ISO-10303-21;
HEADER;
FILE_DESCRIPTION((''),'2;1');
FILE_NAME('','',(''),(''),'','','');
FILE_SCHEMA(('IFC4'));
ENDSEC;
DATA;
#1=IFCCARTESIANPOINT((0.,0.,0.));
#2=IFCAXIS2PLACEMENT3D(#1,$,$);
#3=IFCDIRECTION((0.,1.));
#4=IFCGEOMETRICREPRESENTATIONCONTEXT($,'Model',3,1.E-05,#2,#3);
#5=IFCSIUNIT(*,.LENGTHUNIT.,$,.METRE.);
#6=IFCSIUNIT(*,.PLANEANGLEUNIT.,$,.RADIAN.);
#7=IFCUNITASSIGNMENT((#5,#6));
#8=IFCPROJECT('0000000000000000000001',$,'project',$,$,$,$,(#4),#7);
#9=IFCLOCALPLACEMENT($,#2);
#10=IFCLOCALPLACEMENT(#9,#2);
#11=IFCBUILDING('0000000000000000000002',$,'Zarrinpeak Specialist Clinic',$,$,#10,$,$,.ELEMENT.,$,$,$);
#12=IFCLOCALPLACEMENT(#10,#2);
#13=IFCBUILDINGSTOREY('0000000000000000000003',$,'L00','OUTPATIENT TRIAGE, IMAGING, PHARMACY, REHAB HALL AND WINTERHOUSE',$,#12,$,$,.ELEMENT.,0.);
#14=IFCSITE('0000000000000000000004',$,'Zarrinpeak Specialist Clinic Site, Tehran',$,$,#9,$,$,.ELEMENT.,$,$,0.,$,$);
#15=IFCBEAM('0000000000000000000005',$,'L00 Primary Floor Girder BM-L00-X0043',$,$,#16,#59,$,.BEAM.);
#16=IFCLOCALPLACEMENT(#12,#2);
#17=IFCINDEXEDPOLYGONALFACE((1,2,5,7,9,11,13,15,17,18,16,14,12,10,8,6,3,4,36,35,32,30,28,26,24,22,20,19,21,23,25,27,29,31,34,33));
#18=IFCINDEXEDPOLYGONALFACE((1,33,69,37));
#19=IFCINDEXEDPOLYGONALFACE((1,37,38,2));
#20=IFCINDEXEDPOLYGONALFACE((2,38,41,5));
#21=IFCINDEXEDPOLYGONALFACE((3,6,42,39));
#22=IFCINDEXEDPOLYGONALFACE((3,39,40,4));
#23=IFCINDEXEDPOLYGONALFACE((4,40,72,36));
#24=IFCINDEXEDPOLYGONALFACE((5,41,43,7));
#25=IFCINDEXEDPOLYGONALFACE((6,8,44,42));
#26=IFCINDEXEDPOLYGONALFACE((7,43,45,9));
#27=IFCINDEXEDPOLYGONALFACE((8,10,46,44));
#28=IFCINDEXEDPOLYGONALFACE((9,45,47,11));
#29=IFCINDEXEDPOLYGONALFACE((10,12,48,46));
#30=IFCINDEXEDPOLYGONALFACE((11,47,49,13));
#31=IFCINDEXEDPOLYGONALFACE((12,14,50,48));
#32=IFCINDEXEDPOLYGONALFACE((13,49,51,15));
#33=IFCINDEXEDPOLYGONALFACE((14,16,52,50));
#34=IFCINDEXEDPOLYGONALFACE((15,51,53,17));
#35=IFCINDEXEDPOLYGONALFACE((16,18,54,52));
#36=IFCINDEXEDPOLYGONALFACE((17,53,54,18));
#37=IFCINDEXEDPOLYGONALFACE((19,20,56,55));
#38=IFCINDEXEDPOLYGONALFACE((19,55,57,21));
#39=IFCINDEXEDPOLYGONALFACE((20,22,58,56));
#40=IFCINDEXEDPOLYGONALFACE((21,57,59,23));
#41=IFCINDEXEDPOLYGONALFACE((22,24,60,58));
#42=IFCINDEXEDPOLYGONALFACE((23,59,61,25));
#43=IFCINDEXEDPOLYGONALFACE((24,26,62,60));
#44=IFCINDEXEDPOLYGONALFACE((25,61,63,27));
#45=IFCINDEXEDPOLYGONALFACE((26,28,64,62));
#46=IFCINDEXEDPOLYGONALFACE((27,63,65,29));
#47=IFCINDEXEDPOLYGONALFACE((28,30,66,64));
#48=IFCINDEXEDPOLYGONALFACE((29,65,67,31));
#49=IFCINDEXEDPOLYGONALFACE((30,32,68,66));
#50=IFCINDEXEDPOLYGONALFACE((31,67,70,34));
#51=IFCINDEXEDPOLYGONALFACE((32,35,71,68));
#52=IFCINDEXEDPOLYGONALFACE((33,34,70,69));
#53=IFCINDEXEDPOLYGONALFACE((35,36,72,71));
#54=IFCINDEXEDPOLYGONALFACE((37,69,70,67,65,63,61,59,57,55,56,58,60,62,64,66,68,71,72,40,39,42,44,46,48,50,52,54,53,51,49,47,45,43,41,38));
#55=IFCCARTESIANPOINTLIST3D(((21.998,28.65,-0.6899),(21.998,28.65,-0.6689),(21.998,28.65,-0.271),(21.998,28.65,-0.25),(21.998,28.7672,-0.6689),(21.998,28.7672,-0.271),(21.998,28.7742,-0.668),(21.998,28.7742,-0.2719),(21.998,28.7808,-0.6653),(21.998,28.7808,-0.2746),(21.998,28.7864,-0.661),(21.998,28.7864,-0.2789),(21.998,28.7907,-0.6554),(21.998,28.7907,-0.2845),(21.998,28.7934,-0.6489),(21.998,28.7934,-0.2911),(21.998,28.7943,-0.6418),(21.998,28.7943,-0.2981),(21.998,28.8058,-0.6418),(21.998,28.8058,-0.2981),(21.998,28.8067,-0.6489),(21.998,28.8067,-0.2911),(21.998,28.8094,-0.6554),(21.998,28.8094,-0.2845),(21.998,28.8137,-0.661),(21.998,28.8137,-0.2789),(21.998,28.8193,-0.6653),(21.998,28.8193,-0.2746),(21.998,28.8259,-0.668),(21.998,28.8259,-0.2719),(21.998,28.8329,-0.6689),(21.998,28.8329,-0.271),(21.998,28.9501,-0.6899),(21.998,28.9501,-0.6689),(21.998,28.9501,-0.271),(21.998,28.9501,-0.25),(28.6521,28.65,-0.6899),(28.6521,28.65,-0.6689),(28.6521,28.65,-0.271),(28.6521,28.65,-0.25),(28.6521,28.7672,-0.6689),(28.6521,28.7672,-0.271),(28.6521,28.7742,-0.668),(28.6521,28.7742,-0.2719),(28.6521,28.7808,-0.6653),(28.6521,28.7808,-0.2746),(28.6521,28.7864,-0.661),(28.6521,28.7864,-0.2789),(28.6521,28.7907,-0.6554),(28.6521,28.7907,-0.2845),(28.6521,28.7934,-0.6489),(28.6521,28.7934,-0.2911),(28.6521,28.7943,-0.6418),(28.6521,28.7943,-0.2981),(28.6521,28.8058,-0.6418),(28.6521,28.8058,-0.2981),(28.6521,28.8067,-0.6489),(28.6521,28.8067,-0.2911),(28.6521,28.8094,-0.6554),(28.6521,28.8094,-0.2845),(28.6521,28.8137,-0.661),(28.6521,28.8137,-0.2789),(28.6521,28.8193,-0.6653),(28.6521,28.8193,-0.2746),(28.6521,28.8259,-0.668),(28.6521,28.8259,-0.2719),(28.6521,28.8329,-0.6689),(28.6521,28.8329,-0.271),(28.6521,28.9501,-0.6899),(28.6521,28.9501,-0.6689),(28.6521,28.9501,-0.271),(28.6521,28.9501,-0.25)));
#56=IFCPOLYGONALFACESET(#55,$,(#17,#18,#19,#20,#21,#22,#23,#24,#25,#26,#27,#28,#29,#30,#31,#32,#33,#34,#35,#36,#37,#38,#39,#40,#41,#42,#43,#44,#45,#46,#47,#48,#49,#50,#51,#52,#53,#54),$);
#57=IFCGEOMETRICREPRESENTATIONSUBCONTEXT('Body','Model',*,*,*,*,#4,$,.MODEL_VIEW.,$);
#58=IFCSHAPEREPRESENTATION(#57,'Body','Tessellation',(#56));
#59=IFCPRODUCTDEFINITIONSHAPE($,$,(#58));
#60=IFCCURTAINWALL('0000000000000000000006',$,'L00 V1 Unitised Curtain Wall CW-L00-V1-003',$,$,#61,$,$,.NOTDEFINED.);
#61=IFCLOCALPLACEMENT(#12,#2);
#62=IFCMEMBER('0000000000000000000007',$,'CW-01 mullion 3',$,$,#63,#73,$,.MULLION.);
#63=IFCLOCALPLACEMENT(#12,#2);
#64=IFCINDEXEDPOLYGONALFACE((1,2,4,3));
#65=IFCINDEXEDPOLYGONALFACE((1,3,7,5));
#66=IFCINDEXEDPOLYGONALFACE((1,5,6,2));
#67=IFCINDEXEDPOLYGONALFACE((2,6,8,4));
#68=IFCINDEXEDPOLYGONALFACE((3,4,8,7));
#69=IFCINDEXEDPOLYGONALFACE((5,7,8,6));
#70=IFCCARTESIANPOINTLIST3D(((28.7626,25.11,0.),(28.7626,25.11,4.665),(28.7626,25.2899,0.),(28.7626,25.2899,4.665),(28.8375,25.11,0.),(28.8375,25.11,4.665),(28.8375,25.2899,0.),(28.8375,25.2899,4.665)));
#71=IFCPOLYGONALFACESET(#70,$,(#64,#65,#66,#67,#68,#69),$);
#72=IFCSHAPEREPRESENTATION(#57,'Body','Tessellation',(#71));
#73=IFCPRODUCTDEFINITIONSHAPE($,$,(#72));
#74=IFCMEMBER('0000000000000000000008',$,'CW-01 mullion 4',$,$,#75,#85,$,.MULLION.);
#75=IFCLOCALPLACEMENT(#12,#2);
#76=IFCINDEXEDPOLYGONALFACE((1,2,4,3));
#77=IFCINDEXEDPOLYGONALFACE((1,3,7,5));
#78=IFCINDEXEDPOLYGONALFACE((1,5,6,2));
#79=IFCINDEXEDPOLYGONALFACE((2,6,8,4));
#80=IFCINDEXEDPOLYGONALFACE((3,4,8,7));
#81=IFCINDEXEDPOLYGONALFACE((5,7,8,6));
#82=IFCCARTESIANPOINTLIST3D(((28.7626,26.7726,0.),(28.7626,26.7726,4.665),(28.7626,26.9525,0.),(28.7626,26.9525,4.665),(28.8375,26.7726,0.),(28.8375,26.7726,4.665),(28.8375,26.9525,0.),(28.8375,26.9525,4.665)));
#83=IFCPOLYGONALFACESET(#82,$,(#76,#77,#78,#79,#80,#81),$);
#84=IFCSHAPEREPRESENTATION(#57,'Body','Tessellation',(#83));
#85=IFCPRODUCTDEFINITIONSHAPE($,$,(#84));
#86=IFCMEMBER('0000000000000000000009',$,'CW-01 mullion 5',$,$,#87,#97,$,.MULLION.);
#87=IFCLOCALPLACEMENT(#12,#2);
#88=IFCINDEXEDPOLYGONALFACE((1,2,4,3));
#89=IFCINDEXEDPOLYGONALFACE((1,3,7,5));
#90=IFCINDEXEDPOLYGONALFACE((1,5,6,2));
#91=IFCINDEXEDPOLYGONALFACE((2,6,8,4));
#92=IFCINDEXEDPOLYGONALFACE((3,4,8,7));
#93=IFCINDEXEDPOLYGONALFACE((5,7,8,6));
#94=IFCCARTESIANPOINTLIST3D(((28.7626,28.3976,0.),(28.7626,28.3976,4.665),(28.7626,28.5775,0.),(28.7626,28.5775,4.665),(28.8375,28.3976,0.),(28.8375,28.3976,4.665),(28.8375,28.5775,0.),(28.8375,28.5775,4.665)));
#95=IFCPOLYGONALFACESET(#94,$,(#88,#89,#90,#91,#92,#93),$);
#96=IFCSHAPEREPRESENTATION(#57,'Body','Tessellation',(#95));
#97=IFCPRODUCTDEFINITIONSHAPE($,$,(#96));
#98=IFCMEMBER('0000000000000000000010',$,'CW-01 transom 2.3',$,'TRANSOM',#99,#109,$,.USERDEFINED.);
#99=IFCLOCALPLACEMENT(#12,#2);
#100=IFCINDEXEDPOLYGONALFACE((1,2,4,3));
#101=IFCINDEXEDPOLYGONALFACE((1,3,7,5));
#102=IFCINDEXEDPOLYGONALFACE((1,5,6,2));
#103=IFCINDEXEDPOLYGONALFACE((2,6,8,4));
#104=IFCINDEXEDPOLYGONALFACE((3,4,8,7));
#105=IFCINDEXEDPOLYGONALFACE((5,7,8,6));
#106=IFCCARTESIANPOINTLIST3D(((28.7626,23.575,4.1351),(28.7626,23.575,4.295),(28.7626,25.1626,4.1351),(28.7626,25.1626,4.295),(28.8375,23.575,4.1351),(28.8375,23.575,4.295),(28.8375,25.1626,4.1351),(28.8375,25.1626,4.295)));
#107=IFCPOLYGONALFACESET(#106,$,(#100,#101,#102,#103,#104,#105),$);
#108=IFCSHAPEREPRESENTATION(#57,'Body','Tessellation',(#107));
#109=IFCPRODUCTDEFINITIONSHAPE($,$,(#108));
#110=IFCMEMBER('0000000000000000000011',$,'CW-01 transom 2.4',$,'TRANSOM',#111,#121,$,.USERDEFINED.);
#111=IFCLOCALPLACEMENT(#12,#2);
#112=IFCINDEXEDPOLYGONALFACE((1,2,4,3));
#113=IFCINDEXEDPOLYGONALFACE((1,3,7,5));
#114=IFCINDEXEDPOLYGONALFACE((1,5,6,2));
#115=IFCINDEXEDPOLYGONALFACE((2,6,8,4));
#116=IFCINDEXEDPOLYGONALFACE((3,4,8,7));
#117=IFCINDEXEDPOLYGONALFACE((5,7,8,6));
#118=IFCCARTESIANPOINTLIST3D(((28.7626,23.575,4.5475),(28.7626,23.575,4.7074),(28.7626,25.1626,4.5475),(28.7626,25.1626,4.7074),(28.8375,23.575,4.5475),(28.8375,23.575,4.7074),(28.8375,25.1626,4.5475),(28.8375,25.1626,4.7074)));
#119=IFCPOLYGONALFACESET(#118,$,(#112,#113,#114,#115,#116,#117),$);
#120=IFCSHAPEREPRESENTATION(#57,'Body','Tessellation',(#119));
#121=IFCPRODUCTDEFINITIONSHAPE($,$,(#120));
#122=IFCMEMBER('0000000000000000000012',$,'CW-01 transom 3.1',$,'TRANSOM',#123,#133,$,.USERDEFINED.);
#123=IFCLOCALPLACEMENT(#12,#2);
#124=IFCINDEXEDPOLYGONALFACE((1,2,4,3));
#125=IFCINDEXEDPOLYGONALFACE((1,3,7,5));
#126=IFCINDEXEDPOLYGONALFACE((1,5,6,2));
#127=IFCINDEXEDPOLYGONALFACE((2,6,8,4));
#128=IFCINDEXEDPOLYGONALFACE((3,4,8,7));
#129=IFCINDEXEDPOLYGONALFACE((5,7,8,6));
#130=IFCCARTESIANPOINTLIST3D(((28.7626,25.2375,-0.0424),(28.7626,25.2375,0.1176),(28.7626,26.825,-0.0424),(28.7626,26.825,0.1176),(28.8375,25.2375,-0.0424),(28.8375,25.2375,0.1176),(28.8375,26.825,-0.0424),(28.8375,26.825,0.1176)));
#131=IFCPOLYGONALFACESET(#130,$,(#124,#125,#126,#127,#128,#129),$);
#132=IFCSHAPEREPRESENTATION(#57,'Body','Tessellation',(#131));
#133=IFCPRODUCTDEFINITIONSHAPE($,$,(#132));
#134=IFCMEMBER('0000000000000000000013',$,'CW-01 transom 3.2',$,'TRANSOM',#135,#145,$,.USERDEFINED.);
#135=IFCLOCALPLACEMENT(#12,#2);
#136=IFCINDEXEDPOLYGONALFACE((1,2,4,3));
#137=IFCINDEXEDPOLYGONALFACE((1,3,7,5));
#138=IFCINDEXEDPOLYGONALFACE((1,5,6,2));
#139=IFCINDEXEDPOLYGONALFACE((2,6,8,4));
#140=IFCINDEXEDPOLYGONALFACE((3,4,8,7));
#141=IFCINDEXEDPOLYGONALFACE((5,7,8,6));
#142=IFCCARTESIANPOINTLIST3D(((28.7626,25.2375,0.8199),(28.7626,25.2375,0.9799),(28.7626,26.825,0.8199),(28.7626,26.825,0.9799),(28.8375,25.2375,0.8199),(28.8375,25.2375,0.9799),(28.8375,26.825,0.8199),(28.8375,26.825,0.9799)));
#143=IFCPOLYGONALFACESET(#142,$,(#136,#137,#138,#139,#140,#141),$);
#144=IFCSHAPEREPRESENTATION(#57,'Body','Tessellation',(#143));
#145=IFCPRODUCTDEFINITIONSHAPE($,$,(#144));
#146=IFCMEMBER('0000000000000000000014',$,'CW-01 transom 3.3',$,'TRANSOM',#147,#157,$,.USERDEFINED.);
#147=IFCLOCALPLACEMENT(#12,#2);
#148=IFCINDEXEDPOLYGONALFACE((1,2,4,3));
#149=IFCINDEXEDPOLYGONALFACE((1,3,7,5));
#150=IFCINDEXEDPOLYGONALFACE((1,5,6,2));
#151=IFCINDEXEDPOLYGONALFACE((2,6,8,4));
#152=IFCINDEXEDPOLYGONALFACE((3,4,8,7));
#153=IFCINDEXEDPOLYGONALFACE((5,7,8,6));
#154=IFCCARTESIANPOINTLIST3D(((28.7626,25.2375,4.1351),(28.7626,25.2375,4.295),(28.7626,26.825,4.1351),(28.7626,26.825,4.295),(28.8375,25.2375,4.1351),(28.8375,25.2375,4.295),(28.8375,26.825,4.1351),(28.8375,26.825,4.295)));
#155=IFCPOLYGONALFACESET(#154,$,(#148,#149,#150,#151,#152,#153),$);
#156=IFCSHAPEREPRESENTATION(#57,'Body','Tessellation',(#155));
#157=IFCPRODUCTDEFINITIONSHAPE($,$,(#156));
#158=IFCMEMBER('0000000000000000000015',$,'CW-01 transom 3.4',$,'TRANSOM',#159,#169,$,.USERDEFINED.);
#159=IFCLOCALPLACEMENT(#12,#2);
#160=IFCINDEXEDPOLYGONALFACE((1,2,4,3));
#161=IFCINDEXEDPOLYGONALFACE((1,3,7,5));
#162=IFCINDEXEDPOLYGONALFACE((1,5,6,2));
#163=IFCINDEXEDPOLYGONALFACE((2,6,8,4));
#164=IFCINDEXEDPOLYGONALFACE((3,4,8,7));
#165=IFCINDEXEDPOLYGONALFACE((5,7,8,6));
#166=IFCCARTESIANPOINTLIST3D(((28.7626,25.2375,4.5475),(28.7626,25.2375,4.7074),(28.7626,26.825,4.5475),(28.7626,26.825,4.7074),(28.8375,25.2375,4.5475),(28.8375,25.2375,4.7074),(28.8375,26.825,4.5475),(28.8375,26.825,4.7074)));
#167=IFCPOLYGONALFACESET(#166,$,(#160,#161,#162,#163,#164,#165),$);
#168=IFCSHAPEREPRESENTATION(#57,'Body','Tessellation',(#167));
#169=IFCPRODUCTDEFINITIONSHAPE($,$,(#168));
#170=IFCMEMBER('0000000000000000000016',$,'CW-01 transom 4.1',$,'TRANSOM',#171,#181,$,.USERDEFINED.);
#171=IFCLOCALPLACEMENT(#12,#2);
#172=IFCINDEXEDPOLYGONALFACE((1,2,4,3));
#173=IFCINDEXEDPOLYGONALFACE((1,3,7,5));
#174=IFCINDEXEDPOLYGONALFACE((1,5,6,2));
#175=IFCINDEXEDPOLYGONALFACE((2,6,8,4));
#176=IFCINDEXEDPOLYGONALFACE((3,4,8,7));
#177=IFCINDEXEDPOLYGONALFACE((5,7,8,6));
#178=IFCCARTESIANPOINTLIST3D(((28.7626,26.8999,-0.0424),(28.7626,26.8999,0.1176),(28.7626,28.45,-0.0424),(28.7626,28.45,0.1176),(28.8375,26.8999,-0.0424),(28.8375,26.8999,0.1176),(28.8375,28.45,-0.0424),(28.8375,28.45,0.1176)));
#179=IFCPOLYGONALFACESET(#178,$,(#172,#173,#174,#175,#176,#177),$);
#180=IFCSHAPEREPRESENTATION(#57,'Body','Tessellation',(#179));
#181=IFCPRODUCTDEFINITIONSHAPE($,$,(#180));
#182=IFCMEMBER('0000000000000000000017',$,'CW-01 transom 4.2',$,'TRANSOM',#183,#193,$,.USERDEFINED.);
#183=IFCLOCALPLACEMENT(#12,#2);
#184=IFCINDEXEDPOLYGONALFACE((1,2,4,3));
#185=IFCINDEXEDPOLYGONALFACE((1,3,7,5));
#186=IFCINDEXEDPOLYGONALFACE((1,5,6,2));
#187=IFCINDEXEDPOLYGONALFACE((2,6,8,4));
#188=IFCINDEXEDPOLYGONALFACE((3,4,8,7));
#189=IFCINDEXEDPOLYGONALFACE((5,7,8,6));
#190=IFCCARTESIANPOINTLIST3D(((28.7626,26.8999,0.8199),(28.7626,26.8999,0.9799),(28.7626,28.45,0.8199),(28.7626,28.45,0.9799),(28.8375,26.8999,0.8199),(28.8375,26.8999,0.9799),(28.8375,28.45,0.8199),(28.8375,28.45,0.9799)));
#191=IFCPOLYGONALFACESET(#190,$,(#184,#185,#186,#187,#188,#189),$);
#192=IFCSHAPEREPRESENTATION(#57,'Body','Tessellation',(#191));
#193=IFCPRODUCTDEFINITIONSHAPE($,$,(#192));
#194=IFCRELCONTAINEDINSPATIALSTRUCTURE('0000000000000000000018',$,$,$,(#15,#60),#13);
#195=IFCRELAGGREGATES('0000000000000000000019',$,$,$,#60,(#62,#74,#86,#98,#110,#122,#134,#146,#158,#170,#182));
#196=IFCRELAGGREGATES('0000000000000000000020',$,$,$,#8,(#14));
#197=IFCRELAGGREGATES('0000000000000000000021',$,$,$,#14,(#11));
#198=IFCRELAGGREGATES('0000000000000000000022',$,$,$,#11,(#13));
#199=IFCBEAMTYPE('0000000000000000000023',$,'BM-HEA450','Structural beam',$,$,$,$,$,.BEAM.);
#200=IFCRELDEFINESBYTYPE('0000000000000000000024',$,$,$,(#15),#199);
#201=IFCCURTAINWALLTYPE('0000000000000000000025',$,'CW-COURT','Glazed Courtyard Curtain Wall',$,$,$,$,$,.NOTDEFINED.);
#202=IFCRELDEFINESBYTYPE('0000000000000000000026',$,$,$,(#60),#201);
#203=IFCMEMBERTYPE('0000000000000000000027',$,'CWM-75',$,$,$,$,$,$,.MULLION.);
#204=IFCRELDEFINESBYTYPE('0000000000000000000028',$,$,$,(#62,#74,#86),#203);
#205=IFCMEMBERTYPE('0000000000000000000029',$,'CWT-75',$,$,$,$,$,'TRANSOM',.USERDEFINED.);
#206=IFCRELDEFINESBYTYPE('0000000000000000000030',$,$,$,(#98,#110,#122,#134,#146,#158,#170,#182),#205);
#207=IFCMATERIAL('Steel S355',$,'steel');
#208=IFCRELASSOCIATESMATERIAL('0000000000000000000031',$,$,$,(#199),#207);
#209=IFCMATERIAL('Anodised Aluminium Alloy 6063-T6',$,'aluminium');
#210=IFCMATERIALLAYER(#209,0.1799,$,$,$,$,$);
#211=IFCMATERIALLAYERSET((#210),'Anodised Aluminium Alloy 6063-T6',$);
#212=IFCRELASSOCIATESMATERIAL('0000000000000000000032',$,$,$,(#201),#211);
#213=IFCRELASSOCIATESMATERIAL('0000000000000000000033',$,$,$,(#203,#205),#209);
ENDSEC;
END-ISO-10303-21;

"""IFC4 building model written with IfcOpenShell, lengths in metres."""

from ifc_helpers import new_model, si_unit, direction, frame, origin, origin_2d, place, context, subcontext, project, spatial, rectangle, i_section, extrude, material, layer, layer_set, material_profile, profile_set, type_object, element, aggregate, save


model = new_model("IFC4")

# Units and contexts
model_context = context("Model", 3, precision=1e-05, world=origin(), true_north=direction((0.0, 1.0)))
body_context = subcontext(model_context, "Body", "Model", "MODEL_VIEW")
ifc_project = project(units=[si_unit("LENGTHUNIT", "METRE"), si_unit("PLANEANGLEUNIT", "RADIAN")], contexts=[model_context])

# Site, building, storey
site_placement = place(None, origin())
site = spatial("IfcSite", under=ifc_project, at=site_placement, Name="Zarrinpeak Specialist Clinic Site, Tehran", CompositionType="ELEMENT", RefElevation=0.0)
building_placement = place(site_placement, origin())
building = spatial("IfcBuilding", under=site, at=building_placement, Name="Zarrinpeak Specialist Clinic", CompositionType="ELEMENT")
storey_placement = place(building_placement, origin())
storey = spatial("IfcBuildingStorey", under=building, at=storey_placement, Name="L00", Description="OUTPATIENT TRIAGE, IMAGING, PHARMACY, REHAB HALL AND WINTERHOUSE", CompositionType="ELEMENT", Elevation=0.0)

# Beam
ifc_material_1 = material(Name="Steel S355", Category="steel")
ifc_material_profile_1 = material_profile(ifc_material_1, i_section(OverallWidth=0.3, OverallDepth=0.4399, WebThickness=0.0115, FlangeThickness=0.021, FilletRadius=0.0271, at=origin_2d()), Name="HEA 450")
ifc_profile_set_1 = profile_set([ifc_material_profile_1], Name="Steel S355")
beam_type = type_object("IfcBeamType", Name="BM-HEA450", Description="Structural beam", PredefinedType="BEAM", material=ifc_profile_set_1)
beam_placement = place(storey_placement, frame((21.998, 28.8, -0.47), z_axis=(1.0, 0.0, 0.0), x_axis=(0.0, 1.0, 0.0)))
element("IfcBeam", 1, at=beam_placement, inside=storey, type_object=beam_type, Name="L00 Primary Floor Girder BM-L00-X0043", PredefinedType="BEAM", context=body_context, shape_type="SweptSolid", body=[
    extrude(i_section(OverallWidth=0.3, OverallDepth=0.4399, WebThickness=0.0115, FlangeThickness=0.021, FilletRadius=0.0271, at=origin_2d()), origin(), (0.0, 0.0, 1.0), 6.6541),
])

# Curtain wall, members
ifc_material_2 = material(Name="Anodised Aluminium Alloy 6063-T6", Category="aluminium")
ifc_layer_1 = layer(ifc_material_2, 0.1799)
ifc_layer_set_1 = layer_set([ifc_layer_1], Name="Anodised Aluminium Alloy 6063-T6")
curtain_wall_type = type_object("IfcCurtainWallType", Name="CW-COURT", Description="Glazed Courtyard Curtain Wall", PredefinedType="NOTDEFINED", material=ifc_layer_set_1)
curtain_wall_placement = place(storey_placement, origin())
curtain_wall = element("IfcCurtainWall", 2, at=curtain_wall_placement, inside=storey, type_object=curtain_wall_type, Name="L00 V1 Unitised Curtain Wall CW-L00-V1-003", PredefinedType="NOTDEFINED")
ifc_material_profile_2 = material_profile(ifc_material_2, rectangle(XDim=0.075, YDim=0.1799, at=origin_2d()), Name="ALU 75x180")
ifc_profile_set_2 = profile_set([ifc_material_profile_2], Name="Anodised Aluminium Alloy 6063-T6")
member_type_1 = type_object("IfcMemberType", Name="CWM-75", PredefinedType="MULLION", material=ifc_profile_set_2)
member_1_placement = place(storey_placement, frame((28.8, 25.2, 0.0), z_axis=(0.0, 0.0, 1.0), x_axis=(-1.0, 0.0, 0.0)))
member_1 = element("IfcMember", 3, at=member_1_placement, type_object=member_type_1, Name="CW-01 mullion 3", PredefinedType="MULLION", context=body_context, shape_type="SweptSolid", body=[
    extrude(rectangle(XDim=0.075, YDim=0.1799, at=origin_2d()), origin(), (0.0, 0.0, 1.0), 4.665),
])
member_2_placement = place(storey_placement, frame((28.8, 26.8625, 0.0), z_axis=(0.0, 0.0, 1.0), x_axis=(-1.0, 0.0, 0.0)))
member_2 = element("IfcMember", 4, at=member_2_placement, type_object=member_type_1, Name="CW-01 mullion 4", PredefinedType="MULLION", context=body_context, shape_type="SweptSolid", body=[
    extrude(rectangle(XDim=0.075, YDim=0.1799, at=origin_2d()), origin(), (0.0, 0.0, 1.0), 4.665),
])
member_3_placement = place(storey_placement, frame((28.8, 28.4875, 0.0), z_axis=(0.0, 0.0, 1.0), x_axis=(-1.0, 0.0, 0.0)))
member_3 = element("IfcMember", 5, at=member_3_placement, type_object=member_type_1, Name="CW-01 mullion 5", PredefinedType="MULLION", context=body_context, shape_type="SweptSolid", body=[
    extrude(rectangle(XDim=0.075, YDim=0.1799, at=origin_2d()), origin(), (0.0, 0.0, 1.0), 4.665),
])
ifc_material_profile_3 = material_profile(ifc_material_2, rectangle(XDim=0.075, YDim=0.1599, at=origin_2d()), Name="ALU 75x160")
ifc_profile_set_3 = profile_set([ifc_material_profile_3], Name="Anodised Aluminium Alloy 6063-T6")
member_type_2 = type_object("IfcMemberType", Name="CWT-75", ElementType="TRANSOM", PredefinedType="USERDEFINED", material=ifc_profile_set_3)
member_4_placement = place(storey_placement, frame((28.8, 23.575, 4.2151), z_axis=(0.0, 1.0, 0.0), x_axis=(-1.0, 0.0, 0.0)))
member_4 = element("IfcMember", 6, at=member_4_placement, type_object=member_type_2, Name="CW-01 transom 2.3", ObjectType="TRANSOM", PredefinedType="USERDEFINED", context=body_context, shape_type="SweptSolid", body=[
    extrude(rectangle(XDim=0.075, YDim=0.1599, at=origin_2d()), origin(), (0.0, 0.0, 1.0), 1.5876),
])
member_5_placement = place(storey_placement, frame((28.8, 23.575, 4.6274), z_axis=(0.0, 1.0, 0.0), x_axis=(-1.0, 0.0, 0.0)))
member_5 = element("IfcMember", 7, at=member_5_placement, type_object=member_type_2, Name="CW-01 transom 2.4", ObjectType="TRANSOM", PredefinedType="USERDEFINED", context=body_context, shape_type="SweptSolid", body=[
    extrude(rectangle(XDim=0.075, YDim=0.1599, at=origin_2d()), origin(), (0.0, 0.0, 1.0), 1.5876),
])
member_6_placement = place(storey_placement, frame((28.8, 25.2375, 0.0376), z_axis=(0.0, 1.0, 0.0), x_axis=(-1.0, 0.0, 0.0)))
member_6 = element("IfcMember", 8, at=member_6_placement, type_object=member_type_2, Name="CW-01 transom 3.1", ObjectType="TRANSOM", PredefinedType="USERDEFINED", context=body_context, shape_type="SweptSolid", body=[
    extrude(rectangle(XDim=0.075, YDim=0.1599, at=origin_2d()), origin(), (0.0, 0.0, 1.0), 1.5874),
])
member_7_placement = place(storey_placement, frame((28.8, 25.2375, 0.8999), z_axis=(0.0, 1.0, 0.0), x_axis=(-1.0, 0.0, 0.0)))
member_7 = element("IfcMember", 9, at=member_7_placement, type_object=member_type_2, Name="CW-01 transom 3.2", ObjectType="TRANSOM", PredefinedType="USERDEFINED", context=body_context, shape_type="SweptSolid", body=[
    extrude(rectangle(XDim=0.075, YDim=0.1599, at=origin_2d()), origin(), (0.0, 0.0, 1.0), 1.5874),
])
member_8_placement = place(storey_placement, frame((28.8, 25.2375, 4.2151), z_axis=(0.0, 1.0, 0.0), x_axis=(-1.0, 0.0, 0.0)))
member_8 = element("IfcMember", 10, at=member_8_placement, type_object=member_type_2, Name="CW-01 transom 3.3", ObjectType="TRANSOM", PredefinedType="USERDEFINED", context=body_context, shape_type="SweptSolid", body=[
    extrude(rectangle(XDim=0.075, YDim=0.1599, at=origin_2d()), origin(), (0.0, 0.0, 1.0), 1.5874),
])
member_9_placement = place(storey_placement, frame((28.8, 25.2375, 4.6274), z_axis=(0.0, 1.0, 0.0), x_axis=(-1.0, 0.0, 0.0)))
member_9 = element("IfcMember", 11, at=member_9_placement, type_object=member_type_2, Name="CW-01 transom 3.4", ObjectType="TRANSOM", PredefinedType="USERDEFINED", context=body_context, shape_type="SweptSolid", body=[
    extrude(rectangle(XDim=0.075, YDim=0.1599, at=origin_2d()), origin(), (0.0, 0.0, 1.0), 1.5874),
])
member_10_placement = place(storey_placement, frame((28.8, 26.8999, 0.0376), z_axis=(0.0, 1.0, 0.0), x_axis=(-1.0, 0.0, 0.0)))
member_10 = element("IfcMember", 12, at=member_10_placement, type_object=member_type_2, Name="CW-01 transom 4.1", ObjectType="TRANSOM", PredefinedType="USERDEFINED", context=body_context, shape_type="SweptSolid", body=[
    extrude(rectangle(XDim=0.075, YDim=0.1599, at=origin_2d()), origin(), (0.0, 0.0, 1.0), 1.55),
])
member_11_placement = place(storey_placement, frame((28.8, 26.8999, 0.8999), z_axis=(0.0, 1.0, 0.0), x_axis=(-1.0, 0.0, 0.0)))
member_11 = element("IfcMember", 13, at=member_11_placement, type_object=member_type_2, Name="CW-01 transom 4.2", ObjectType="TRANSOM", PredefinedType="USERDEFINED", context=body_context, shape_type="SweptSolid", body=[
    extrude(rectangle(XDim=0.075, YDim=0.1599, at=origin_2d()), origin(), (0.0, 0.0, 1.0), 1.55),
])
aggregate(curtain_wall, [member_1, member_2, member_3, member_4, member_5, member_6, member_7, member_8, member_9, member_10, member_11])

save(model, "model.ifc")
